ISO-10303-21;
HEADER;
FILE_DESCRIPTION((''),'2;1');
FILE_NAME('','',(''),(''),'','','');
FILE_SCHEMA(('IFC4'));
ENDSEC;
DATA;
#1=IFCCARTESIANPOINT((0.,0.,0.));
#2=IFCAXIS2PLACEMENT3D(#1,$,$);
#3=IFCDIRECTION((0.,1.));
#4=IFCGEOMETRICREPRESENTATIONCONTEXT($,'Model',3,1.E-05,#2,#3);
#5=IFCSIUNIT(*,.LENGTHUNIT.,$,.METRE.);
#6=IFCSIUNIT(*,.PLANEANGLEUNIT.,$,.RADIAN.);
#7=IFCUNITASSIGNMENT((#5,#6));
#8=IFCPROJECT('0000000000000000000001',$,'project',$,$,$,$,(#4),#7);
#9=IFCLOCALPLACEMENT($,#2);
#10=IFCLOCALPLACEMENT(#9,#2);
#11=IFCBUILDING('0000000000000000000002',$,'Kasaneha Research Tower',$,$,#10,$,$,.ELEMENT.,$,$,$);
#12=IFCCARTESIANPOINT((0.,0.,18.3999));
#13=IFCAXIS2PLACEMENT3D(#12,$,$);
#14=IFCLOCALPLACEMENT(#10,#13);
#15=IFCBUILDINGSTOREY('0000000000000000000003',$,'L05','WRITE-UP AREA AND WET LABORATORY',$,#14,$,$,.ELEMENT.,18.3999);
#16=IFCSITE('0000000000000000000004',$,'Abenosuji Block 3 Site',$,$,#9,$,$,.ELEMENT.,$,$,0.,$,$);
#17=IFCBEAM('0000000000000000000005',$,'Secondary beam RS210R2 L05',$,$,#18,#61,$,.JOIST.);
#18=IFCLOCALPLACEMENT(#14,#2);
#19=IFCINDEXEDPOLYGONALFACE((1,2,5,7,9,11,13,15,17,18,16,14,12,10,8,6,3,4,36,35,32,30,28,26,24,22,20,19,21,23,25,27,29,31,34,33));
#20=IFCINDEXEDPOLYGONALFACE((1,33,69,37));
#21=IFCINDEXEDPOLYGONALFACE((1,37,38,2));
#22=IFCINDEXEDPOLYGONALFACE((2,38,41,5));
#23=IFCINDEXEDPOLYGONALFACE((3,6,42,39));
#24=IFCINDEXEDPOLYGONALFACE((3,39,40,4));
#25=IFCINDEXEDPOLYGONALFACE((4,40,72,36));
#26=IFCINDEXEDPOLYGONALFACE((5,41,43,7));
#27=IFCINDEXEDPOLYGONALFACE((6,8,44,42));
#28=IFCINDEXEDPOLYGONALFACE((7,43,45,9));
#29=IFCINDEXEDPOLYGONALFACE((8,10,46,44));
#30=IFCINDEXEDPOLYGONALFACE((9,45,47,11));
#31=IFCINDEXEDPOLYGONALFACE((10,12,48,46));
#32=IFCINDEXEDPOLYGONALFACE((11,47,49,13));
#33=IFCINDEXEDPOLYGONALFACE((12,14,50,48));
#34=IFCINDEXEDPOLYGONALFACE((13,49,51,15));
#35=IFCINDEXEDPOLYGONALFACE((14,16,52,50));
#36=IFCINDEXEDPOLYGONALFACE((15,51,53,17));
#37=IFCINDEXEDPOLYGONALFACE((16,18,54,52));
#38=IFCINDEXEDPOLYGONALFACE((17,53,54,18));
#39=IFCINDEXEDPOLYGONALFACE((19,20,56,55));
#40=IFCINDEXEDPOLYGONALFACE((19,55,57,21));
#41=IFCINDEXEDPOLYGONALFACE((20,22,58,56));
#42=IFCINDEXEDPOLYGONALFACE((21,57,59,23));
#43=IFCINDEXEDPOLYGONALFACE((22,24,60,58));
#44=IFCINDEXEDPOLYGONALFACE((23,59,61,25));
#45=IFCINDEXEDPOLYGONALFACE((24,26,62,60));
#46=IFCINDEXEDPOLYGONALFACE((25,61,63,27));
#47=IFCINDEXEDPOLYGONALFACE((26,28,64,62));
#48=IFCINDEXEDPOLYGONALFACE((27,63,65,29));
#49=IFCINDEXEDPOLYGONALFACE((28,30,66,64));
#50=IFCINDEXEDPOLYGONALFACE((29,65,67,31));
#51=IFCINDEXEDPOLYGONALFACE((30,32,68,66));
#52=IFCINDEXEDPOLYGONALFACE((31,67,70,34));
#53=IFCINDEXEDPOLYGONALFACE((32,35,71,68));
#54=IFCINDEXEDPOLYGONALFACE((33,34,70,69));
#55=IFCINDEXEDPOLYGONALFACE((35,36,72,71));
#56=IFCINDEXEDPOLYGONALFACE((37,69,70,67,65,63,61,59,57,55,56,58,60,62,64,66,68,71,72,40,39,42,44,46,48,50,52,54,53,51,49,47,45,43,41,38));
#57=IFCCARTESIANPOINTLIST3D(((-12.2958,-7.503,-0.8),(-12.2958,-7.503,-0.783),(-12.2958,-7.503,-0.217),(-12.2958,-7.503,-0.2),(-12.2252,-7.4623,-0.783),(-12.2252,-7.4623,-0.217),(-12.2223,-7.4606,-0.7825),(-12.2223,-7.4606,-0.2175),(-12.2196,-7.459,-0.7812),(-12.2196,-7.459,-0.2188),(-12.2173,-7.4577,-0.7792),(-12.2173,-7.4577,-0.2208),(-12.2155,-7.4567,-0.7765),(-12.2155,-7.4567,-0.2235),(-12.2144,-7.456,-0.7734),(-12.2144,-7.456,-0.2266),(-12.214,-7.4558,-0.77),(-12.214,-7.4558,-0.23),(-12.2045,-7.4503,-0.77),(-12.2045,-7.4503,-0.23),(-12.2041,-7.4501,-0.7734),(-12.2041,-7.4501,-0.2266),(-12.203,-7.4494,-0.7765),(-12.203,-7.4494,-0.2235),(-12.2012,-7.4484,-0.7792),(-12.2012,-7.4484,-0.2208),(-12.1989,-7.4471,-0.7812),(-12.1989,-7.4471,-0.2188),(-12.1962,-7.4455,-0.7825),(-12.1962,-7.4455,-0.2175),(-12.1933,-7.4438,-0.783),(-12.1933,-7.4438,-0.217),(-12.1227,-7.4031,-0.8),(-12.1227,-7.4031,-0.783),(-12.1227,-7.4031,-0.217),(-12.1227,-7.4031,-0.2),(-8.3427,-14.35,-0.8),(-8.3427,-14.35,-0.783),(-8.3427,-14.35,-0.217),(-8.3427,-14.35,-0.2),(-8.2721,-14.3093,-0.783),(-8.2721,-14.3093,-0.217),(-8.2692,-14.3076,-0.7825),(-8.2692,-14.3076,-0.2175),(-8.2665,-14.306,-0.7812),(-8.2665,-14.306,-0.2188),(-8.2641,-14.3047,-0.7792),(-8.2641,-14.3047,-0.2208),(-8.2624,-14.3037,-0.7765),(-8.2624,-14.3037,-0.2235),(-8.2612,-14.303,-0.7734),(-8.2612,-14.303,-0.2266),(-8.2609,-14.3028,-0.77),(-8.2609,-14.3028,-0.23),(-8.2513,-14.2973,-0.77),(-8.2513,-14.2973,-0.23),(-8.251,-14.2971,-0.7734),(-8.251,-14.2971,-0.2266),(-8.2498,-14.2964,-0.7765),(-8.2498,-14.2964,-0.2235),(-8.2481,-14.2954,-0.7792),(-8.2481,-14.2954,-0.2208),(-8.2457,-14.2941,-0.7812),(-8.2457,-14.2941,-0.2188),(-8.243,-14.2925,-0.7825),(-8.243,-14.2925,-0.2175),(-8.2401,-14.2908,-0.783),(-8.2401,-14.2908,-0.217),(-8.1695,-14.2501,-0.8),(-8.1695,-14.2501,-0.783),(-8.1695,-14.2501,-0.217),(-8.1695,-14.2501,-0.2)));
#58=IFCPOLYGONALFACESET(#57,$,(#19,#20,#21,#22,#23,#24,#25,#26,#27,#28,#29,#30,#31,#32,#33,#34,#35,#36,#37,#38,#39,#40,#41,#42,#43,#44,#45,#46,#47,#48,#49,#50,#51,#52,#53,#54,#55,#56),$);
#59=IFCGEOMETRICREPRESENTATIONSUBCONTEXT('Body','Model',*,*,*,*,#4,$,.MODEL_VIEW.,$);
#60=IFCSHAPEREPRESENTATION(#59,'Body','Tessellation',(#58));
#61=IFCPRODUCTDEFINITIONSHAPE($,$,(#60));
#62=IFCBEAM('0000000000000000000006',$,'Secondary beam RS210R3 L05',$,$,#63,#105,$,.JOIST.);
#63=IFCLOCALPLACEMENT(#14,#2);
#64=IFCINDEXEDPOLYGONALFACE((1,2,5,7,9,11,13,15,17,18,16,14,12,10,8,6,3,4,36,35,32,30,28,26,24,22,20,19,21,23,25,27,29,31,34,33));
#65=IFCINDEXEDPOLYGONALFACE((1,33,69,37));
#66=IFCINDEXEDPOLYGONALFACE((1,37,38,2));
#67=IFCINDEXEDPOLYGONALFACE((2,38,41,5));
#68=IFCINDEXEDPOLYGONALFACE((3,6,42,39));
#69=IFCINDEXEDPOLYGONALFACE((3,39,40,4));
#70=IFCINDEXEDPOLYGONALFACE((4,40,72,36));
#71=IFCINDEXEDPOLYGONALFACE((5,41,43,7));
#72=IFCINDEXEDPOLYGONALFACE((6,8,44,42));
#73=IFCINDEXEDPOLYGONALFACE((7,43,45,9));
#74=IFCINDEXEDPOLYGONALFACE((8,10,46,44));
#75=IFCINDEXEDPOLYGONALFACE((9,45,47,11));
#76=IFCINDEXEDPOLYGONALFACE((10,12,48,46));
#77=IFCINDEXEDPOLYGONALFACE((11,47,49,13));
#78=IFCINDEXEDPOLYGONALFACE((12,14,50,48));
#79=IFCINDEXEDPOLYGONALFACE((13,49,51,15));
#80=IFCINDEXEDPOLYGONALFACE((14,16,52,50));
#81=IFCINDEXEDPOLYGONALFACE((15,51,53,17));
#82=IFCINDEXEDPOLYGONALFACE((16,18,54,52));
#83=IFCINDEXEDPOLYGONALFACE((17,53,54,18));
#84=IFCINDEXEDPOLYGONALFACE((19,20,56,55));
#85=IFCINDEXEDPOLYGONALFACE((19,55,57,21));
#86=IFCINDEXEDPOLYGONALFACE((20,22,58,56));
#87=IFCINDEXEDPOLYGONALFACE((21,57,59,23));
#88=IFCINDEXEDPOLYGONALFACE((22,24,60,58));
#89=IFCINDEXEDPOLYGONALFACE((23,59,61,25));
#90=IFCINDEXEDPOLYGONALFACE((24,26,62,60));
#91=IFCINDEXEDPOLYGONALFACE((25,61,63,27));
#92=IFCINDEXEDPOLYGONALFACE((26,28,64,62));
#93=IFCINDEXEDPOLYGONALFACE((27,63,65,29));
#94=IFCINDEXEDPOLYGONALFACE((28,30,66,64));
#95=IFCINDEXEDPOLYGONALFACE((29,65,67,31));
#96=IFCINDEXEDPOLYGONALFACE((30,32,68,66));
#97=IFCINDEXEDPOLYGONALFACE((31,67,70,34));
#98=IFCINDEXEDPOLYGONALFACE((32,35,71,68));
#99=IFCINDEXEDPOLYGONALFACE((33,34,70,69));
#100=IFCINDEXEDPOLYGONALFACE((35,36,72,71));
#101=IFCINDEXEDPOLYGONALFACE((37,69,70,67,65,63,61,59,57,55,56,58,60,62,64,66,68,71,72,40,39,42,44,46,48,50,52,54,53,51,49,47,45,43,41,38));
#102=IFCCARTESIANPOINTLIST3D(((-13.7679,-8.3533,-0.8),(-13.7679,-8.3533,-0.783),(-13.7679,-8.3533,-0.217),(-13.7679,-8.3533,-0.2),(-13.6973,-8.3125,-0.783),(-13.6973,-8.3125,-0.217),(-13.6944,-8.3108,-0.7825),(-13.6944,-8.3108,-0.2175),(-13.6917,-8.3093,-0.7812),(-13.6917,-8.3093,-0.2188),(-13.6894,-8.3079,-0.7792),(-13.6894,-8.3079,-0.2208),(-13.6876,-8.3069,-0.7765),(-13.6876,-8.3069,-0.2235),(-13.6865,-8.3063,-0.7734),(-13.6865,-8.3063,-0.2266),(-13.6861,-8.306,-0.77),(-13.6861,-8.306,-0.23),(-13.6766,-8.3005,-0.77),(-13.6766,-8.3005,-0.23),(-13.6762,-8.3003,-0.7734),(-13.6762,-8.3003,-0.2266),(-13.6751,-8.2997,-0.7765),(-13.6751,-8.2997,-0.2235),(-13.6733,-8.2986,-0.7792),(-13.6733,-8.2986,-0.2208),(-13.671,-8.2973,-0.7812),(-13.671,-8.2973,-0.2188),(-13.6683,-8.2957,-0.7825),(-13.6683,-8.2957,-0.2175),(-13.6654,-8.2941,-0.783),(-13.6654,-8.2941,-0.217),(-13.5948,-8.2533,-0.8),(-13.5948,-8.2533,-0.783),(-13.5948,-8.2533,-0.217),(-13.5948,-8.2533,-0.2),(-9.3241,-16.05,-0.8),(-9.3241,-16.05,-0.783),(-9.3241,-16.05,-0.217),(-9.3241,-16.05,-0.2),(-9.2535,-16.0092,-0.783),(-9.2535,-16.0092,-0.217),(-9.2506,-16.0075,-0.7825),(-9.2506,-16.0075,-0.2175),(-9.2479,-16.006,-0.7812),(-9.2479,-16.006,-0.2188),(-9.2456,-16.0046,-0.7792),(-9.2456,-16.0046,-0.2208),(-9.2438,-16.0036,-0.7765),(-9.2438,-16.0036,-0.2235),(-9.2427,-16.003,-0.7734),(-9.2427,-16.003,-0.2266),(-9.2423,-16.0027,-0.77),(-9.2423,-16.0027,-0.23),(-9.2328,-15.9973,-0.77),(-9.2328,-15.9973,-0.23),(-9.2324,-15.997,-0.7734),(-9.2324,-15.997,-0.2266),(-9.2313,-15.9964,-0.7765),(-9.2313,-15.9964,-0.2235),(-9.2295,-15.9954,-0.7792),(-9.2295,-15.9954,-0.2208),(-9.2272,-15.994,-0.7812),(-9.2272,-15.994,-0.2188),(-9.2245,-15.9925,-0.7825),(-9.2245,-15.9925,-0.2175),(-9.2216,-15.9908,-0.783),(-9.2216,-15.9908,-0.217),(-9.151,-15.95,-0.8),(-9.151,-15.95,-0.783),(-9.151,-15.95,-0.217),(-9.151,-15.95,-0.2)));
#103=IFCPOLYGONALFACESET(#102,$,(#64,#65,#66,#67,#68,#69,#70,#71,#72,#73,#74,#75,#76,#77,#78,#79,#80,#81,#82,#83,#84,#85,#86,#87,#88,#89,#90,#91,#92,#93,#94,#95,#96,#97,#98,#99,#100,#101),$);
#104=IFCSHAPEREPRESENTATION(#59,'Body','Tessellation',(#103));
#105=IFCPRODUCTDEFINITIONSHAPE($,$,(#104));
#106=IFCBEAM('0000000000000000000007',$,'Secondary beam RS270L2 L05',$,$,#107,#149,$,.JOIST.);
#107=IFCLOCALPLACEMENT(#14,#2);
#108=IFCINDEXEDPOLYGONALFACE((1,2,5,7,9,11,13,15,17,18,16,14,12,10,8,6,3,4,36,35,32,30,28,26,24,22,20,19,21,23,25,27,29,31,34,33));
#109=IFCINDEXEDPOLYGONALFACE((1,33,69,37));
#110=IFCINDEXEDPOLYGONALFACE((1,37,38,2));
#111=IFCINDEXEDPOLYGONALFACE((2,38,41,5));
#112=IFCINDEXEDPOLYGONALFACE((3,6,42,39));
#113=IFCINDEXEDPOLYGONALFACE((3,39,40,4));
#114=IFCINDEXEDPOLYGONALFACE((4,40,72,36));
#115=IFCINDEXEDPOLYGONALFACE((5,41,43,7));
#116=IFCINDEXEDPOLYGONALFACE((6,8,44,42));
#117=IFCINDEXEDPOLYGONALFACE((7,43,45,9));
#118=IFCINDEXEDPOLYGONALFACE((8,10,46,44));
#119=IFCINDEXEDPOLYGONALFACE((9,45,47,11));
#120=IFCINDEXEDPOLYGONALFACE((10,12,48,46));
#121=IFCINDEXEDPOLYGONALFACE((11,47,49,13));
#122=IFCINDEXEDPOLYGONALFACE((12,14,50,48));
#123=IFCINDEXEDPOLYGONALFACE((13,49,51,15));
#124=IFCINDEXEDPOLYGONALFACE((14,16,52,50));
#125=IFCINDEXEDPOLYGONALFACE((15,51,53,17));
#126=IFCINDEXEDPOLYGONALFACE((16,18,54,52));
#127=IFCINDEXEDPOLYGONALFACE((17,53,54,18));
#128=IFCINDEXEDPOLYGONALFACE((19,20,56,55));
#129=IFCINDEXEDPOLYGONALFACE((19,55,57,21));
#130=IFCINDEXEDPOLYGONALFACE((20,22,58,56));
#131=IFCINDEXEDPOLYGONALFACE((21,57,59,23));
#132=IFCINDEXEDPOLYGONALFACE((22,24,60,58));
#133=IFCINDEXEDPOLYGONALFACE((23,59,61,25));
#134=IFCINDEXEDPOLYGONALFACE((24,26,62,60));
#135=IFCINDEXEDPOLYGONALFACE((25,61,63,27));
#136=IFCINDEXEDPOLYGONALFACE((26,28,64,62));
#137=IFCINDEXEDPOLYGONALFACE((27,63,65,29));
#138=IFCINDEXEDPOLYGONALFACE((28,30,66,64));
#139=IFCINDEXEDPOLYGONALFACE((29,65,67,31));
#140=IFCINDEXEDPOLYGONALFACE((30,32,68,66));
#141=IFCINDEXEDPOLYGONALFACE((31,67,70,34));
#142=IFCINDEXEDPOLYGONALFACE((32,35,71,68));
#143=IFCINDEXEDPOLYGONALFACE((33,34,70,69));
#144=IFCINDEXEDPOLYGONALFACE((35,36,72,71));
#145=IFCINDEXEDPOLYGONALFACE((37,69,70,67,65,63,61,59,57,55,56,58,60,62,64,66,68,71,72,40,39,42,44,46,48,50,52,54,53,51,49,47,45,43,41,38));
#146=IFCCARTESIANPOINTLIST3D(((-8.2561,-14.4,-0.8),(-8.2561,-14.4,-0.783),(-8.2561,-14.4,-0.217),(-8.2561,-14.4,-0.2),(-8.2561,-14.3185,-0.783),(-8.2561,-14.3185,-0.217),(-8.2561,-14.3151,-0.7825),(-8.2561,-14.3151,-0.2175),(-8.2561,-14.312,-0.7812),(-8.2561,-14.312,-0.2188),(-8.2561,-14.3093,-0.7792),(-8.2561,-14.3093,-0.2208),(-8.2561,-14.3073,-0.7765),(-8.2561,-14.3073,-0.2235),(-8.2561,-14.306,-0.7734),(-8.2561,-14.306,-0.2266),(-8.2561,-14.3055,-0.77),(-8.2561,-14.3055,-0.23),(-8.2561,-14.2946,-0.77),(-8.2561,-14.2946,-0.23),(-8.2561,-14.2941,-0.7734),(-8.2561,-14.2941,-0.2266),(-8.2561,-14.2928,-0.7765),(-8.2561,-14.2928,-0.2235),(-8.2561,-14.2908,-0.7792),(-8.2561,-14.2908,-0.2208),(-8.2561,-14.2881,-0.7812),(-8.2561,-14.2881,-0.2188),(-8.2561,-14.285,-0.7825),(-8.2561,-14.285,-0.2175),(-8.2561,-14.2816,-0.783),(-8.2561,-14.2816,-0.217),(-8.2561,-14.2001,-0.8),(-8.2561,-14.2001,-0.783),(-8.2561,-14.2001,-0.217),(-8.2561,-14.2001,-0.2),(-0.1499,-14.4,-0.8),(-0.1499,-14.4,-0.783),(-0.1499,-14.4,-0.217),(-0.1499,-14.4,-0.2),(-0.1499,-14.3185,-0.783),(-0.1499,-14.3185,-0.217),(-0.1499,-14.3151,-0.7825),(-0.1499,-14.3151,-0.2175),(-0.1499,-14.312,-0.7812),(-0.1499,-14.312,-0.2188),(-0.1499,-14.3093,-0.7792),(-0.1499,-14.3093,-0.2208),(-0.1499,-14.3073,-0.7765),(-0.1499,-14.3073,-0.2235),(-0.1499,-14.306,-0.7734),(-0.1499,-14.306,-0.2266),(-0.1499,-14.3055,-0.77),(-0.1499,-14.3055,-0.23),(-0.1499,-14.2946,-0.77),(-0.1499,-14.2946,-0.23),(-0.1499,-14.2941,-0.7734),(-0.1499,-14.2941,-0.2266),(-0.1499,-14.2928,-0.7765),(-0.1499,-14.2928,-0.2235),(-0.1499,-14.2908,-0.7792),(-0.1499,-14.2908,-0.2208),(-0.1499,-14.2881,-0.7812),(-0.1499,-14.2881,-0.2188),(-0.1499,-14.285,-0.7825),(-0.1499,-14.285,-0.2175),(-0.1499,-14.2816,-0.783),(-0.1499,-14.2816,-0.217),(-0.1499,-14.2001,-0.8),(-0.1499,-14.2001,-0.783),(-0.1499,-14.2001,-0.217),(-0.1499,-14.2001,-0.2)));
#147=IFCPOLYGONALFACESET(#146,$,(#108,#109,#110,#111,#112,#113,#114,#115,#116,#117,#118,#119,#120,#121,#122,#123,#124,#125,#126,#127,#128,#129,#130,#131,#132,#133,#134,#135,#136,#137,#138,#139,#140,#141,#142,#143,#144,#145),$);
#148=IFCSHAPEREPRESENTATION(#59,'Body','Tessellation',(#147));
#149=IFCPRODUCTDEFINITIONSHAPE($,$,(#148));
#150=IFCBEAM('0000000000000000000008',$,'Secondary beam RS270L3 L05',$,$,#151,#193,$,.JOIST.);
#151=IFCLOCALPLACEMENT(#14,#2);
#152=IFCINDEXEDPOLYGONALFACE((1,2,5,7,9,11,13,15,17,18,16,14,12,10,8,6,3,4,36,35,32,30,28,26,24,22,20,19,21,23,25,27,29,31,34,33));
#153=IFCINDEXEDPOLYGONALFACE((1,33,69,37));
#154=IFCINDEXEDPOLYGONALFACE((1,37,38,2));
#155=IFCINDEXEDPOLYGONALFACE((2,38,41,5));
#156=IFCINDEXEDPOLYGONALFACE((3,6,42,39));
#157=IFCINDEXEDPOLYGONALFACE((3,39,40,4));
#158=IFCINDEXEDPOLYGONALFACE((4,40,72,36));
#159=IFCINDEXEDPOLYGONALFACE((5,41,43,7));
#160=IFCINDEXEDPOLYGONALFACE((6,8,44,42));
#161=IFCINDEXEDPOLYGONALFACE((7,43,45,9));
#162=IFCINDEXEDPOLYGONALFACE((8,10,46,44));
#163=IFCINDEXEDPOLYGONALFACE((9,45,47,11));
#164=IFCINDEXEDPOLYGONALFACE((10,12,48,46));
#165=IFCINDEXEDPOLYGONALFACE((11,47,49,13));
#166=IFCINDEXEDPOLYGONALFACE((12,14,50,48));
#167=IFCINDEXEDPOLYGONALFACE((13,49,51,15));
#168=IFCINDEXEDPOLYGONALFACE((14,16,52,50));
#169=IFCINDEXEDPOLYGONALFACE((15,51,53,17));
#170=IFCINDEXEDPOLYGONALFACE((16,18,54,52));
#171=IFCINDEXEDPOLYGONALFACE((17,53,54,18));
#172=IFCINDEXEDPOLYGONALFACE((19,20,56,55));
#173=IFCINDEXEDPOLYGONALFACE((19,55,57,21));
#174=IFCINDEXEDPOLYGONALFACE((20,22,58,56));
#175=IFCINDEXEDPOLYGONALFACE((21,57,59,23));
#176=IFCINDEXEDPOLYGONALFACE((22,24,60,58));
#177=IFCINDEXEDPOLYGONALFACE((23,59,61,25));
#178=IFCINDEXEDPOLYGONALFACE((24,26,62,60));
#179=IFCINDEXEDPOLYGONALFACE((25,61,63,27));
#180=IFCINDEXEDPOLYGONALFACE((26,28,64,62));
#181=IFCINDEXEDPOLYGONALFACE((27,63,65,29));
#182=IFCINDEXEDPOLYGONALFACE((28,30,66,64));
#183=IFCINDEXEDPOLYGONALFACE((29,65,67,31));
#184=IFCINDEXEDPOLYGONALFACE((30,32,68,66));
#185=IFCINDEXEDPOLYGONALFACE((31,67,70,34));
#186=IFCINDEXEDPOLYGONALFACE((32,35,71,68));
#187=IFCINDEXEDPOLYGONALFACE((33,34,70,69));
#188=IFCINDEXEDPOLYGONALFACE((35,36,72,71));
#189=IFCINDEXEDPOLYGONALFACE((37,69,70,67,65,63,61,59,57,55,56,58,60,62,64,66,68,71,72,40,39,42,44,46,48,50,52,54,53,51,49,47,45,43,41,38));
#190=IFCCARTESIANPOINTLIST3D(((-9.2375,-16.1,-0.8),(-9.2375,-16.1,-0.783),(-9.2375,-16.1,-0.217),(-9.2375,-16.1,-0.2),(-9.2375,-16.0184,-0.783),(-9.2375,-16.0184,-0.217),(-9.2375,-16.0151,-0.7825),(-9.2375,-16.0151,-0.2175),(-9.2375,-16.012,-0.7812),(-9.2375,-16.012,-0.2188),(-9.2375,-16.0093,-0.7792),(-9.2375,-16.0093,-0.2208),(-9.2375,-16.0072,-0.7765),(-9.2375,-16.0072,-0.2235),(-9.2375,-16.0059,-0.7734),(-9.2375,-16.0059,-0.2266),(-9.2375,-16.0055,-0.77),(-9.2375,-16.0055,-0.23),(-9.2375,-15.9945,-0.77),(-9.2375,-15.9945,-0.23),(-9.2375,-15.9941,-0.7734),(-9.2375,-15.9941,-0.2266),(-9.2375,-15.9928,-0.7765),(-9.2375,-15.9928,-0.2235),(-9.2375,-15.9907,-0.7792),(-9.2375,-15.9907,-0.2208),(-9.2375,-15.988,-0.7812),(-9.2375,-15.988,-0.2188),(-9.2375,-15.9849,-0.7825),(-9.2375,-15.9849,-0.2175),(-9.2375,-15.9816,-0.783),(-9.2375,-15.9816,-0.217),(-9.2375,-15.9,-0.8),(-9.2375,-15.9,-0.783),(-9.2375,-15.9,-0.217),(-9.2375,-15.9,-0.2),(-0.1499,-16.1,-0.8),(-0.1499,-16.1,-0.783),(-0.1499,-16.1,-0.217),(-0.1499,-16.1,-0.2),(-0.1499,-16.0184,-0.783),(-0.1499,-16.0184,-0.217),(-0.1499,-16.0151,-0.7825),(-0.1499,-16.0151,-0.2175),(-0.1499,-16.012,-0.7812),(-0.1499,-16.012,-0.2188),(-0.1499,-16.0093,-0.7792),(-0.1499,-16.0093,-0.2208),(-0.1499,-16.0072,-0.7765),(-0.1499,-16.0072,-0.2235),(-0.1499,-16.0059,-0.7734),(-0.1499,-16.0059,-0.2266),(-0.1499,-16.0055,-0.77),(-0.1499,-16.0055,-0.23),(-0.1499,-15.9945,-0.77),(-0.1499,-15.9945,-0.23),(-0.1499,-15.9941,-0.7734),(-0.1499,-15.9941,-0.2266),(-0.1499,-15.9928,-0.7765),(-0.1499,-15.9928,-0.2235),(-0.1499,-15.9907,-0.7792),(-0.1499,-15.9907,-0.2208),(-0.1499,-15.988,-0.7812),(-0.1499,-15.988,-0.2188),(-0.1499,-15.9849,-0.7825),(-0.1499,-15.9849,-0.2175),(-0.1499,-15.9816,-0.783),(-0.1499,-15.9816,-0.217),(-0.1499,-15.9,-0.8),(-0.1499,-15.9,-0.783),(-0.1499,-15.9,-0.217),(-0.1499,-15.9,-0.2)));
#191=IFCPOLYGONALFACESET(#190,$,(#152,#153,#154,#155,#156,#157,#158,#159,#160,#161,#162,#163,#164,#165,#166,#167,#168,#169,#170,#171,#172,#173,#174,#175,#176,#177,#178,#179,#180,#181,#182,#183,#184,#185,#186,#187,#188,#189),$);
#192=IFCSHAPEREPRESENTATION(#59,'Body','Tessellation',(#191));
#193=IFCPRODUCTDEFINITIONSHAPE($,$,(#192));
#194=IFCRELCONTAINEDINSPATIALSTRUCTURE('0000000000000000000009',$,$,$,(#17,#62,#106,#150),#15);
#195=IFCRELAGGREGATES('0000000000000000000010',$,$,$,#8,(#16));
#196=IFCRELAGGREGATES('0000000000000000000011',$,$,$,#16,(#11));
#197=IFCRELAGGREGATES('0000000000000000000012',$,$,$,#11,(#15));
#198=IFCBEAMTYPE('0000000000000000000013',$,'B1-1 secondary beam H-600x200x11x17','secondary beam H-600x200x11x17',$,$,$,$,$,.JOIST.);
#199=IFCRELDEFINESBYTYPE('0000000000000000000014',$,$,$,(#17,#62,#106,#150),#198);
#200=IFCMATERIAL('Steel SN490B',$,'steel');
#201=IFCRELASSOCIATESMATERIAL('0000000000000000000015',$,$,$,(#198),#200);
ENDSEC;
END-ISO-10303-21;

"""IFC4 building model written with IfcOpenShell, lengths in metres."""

from ifc_helpers import new_model, si_unit, direction, frame, origin, origin_2d, place, context, subcontext, project, spatial, i_section, extrude, material, material_profile, profile_set, type_object, element, save


model = new_model("IFC4")

# Units and contexts
model_context = context("Model", 3, precision=1e-05, world=origin(), true_north=direction((0.0, 1.0)))
body_context = subcontext(model_context, "Body", "Model", "MODEL_VIEW")
ifc_project = project(units=[si_unit("LENGTHUNIT", "METRE"), si_unit("PLANEANGLEUNIT", "RADIAN")], contexts=[model_context])

# Site, building, storey
site_placement = place(None, origin())
site = spatial("IfcSite", under=ifc_project, at=site_placement, Name="Abenosuji Block 3 Site", CompositionType="ELEMENT", RefElevation=0.0)
building_placement = place(site_placement, origin())
building = spatial("IfcBuilding", under=site, at=building_placement, Name="Kasaneha Research Tower", CompositionType="ELEMENT")
storey_placement = place(building_placement, frame((0.0, 0.0, 18.3999)))
storey = spatial("IfcBuildingStorey", under=building, at=storey_placement, Name="L05", Description="WRITE-UP AREA AND WET LABORATORY", CompositionType="ELEMENT", Elevation=18.3999)

# Beams
ifc_material_1 = material(Name="Steel SN490B", Category="steel")
ifc_material_profile_1 = material_profile(ifc_material_1, i_section(OverallWidth=0.2, OverallDepth=0.6001, WebThickness=0.011, FlangeThickness=0.0171, FilletRadius=0.0129, at=origin_2d()), Name="H-600x200x11x17")
ifc_profile_set_1 = profile_set([ifc_material_profile_1], Name="Steel SN490B")
beam_type_1 = type_object("IfcBeamType", Name="B1-1 secondary beam H-600x200x11x17", Description="secondary beam H-600x200x11x17", PredefinedType="JOIST", material=ifc_profile_set_1)
beam_1_placement = place(storey_placement, frame((-8.2561, -14.3, -0.5), z_axis=(-0.500005, 0.866023, 0.0), x_axis=(-0.866023, -0.500005, 0.0)))
element("IfcBeam", 1, at=beam_1_placement, inside=storey, type_object=beam_type_1, Name="Secondary beam RS210R2 L05", PredefinedType="JOIST", context=body_context, shape_type="SweptSolid", body=[
    extrude(i_section(OverallWidth=0.2, OverallDepth=0.6001, WebThickness=0.011, FlangeThickness=0.0171, FilletRadius=0.0129, at=origin_2d()), origin(), (0.0, 0.0, 1.0), 7.9062),
])
beam_2_placement = place(storey_placement, frame((-9.2375, -16.0, -0.5), z_axis=(-0.500009, 0.86602, 0.0), x_axis=(-0.86602, -0.500009, 0.0)))
element("IfcBeam", 2, at=beam_2_placement, inside=storey, type_object=beam_type_1, Name="Secondary beam RS210R3 L05", PredefinedType="JOIST", context=body_context, shape_type="SweptSolid", body=[
    extrude(i_section(OverallWidth=0.2, OverallDepth=0.6001, WebThickness=0.011, FlangeThickness=0.0171, FilletRadius=0.0129, at=origin_2d()), origin(), (0.0, 0.0, 1.0), 8.8875),
])
beam_3_placement = place(storey_placement, frame((-8.2561, -14.3, -0.5), z_axis=(1.0, 0.0, 0.0), x_axis=(0.0, 1.0, 0.0)))
element("IfcBeam", 3, at=beam_3_placement, inside=storey, type_object=beam_type_1, Name="Secondary beam RS270L2 L05", PredefinedType="JOIST", context=body_context, shape_type="SweptSolid", body=[
    extrude(i_section(OverallWidth=0.2, OverallDepth=0.6001, WebThickness=0.011, FlangeThickness=0.0171, FilletRadius=0.0129, at=origin_2d()), origin(), (0.0, 0.0, 1.0), 8.1062),
])
beam_4_placement = place(storey_placement, frame((-9.2375, -16.0, -0.5), z_axis=(1.0, 0.0, 0.0), x_axis=(0.0, 1.0, 0.0)))
element("IfcBeam", 4, at=beam_4_placement, inside=storey, type_object=beam_type_1, Name="Secondary beam RS270L3 L05", PredefinedType="JOIST", context=body_context, shape_type="SweptSolid", body=[
    extrude(i_section(OverallWidth=0.2, OverallDepth=0.6001, WebThickness=0.011, FlangeThickness=0.0171, FilletRadius=0.0129, at=origin_2d()), origin(), (0.0, 0.0, 1.0), 9.0876),
])

save(model, "model.ifc")
